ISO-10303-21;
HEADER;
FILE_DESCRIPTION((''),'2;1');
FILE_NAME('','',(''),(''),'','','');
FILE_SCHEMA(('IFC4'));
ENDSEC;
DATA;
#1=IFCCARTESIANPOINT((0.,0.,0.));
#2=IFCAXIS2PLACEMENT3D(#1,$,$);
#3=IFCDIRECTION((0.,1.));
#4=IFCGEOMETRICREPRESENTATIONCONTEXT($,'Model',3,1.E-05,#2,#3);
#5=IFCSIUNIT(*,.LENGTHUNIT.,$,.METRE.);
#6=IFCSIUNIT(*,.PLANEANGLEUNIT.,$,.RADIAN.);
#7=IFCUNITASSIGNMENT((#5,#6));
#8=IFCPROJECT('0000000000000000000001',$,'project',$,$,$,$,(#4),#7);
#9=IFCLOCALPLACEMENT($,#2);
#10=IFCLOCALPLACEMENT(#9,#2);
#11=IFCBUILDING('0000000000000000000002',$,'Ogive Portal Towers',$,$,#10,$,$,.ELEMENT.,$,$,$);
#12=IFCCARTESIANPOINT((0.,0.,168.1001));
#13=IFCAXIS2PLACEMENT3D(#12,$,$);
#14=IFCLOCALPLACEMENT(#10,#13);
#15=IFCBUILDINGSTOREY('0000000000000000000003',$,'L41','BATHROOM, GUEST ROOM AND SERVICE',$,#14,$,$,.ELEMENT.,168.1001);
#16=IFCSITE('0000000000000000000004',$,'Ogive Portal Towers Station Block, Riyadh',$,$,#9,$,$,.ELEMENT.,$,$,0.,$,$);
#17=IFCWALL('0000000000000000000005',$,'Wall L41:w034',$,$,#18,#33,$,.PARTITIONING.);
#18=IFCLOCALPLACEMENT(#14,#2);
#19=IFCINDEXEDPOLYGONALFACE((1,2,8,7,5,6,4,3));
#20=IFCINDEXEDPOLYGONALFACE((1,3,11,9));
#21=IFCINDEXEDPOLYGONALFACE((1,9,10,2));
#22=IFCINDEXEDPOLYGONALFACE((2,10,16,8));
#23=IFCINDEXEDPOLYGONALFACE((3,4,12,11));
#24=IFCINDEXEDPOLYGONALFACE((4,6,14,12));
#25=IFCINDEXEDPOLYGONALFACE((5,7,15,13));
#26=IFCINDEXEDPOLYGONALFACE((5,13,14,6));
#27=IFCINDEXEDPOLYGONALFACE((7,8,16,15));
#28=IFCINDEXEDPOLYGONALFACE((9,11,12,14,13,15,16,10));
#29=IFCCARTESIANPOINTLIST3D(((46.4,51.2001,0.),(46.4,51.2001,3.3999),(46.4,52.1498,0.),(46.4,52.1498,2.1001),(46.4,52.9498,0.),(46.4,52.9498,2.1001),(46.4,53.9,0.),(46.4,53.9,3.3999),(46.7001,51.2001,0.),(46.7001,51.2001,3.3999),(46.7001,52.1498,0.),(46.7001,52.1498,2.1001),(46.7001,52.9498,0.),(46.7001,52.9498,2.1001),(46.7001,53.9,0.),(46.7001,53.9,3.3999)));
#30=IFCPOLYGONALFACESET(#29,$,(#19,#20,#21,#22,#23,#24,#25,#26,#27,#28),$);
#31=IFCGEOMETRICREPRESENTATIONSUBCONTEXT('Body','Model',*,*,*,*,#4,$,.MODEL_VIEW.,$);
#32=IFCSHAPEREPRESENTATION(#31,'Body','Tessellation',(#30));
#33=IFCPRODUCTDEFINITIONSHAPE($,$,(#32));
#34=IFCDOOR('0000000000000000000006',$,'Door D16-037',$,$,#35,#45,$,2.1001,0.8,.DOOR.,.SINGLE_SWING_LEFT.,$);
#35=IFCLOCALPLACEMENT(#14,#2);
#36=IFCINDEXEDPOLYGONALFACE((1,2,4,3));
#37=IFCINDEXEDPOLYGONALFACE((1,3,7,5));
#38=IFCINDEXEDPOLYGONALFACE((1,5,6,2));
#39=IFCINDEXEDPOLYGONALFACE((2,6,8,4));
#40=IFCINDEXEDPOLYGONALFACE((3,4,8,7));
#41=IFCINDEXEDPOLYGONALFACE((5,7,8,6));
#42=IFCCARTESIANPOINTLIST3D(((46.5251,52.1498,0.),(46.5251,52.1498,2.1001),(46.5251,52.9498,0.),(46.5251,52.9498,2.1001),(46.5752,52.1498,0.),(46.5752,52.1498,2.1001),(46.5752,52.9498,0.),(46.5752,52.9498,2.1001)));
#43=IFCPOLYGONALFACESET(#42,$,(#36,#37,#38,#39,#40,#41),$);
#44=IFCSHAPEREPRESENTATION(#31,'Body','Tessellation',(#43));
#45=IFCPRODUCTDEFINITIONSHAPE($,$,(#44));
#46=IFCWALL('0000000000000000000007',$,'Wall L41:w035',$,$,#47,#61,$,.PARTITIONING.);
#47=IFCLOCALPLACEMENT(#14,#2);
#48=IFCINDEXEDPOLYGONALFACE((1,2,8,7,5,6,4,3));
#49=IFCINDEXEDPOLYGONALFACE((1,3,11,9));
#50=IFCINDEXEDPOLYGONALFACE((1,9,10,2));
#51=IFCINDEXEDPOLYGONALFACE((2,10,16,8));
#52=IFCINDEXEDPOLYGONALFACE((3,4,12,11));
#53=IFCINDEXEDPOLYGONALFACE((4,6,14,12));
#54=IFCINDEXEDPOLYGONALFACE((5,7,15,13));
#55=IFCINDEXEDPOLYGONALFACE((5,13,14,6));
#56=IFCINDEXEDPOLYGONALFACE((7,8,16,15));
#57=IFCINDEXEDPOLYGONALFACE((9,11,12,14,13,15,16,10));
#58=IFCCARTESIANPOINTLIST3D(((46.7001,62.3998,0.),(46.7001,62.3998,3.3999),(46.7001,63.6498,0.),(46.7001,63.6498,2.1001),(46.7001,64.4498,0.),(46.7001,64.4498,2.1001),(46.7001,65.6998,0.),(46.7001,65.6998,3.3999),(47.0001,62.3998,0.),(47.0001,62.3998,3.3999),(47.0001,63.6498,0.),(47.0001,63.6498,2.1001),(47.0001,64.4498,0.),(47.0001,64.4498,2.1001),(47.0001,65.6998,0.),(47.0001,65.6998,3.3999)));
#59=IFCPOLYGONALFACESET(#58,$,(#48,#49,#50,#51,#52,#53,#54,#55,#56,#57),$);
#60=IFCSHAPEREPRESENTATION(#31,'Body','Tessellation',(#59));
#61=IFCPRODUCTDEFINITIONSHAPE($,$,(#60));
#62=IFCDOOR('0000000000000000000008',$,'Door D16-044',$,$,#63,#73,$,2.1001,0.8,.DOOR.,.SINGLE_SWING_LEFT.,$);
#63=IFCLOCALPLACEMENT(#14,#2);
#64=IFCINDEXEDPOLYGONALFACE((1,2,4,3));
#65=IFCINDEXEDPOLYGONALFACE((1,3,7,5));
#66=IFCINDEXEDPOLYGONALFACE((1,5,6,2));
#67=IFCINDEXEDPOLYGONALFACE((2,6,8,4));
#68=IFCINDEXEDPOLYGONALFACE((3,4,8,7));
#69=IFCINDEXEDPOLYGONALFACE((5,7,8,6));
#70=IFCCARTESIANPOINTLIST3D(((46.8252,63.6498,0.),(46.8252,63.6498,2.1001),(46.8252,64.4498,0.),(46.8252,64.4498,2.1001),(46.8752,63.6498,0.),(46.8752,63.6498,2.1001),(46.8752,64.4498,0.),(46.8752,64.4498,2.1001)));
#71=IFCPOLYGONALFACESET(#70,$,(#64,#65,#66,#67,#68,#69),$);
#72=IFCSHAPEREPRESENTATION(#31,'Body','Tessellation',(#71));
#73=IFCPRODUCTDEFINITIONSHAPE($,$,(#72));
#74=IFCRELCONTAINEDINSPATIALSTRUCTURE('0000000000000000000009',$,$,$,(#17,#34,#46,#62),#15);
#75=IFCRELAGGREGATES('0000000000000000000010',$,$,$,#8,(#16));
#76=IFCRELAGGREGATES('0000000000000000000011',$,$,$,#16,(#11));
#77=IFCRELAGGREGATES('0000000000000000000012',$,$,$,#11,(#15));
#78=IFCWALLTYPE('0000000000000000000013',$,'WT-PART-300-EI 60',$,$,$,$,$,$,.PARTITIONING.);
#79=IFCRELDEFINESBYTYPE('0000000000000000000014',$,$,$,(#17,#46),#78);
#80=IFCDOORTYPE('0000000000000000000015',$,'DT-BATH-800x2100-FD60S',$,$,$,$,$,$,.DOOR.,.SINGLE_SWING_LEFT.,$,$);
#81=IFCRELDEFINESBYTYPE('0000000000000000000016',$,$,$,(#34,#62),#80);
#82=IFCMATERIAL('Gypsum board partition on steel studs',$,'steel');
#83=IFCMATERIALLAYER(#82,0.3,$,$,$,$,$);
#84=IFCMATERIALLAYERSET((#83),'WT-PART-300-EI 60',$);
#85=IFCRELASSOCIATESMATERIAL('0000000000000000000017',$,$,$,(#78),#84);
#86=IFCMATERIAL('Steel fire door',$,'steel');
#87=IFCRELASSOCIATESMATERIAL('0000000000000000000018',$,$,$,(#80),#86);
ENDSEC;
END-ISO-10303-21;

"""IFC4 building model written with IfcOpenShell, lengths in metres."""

from ifc_helpers import new_model, si_unit, direction, frame, frame_2d, origin, place, context, subcontext, project, spatial, rectangle, extrude, material, layer, layer_set, type_object, element, fill, save


model = new_model("IFC4")

# Units and contexts
model_context = context("Model", 3, precision=1e-05, world=origin(), true_north=direction((0.0, 1.0)))
body_context = subcontext(model_context, "Body", "Model", "MODEL_VIEW")
ifc_project = project(units=[si_unit("LENGTHUNIT", "METRE"), si_unit("PLANEANGLEUNIT", "RADIAN")], contexts=[model_context])

# Site, building, storey
site_placement = place(None, origin())
site = spatial("IfcSite", under=ifc_project, at=site_placement, Name="Ogive Portal Towers Station Block, Riyadh", CompositionType="ELEMENT", RefElevation=0.0)
building_placement = place(site_placement, origin())
building = spatial("IfcBuilding", under=site, at=building_placement, Name="Ogive Portal Towers", CompositionType="ELEMENT")
storey_placement = place(building_placement, frame((0.0, 0.0, 168.1001)))
storey = spatial("IfcBuildingStorey", under=building, at=storey_placement, Name="L41", Description="BATHROOM, GUEST ROOM AND SERVICE", CompositionType="ELEMENT", Elevation=168.1001)

# Walls, openings, doors
ifc_material_1 = material(Name="Gypsum board partition on steel studs", Category="steel")
ifc_layer_1 = layer(ifc_material_1, 0.3)
ifc_layer_set_1 = layer_set([ifc_layer_1], Name="WT-PART-300-EI 60")
wall_type_1 = type_object("IfcWallType", Name="WT-PART-300-EI 60", PredefinedType="PARTITIONING", material=ifc_layer_set_1)
wall_1_placement = place(storey_placement, frame((46.55, 51.2, 0.0), z_axis=(0.0, 0.0, 1.0), x_axis=(0.0, 1.0, 0.0)))
wall_1 = element("IfcWall", 1, at=wall_1_placement, inside=storey, type_object=wall_type_1, Name="Wall L41:w034", PredefinedType="PARTITIONING", context=body_context, shape_type="SweptSolid", body=[
    extrude(rectangle(XDim=2.7, YDim=0.3, at=frame_2d((1.3501, 0.0))), origin(), (0.0, 0.0, 1.0), 3.3999),
])
opening_1_placement = place(wall_1_placement, frame((0.95, 0.0, 0.0)))
opening_1 = element("IfcOpeningElement", 2, at=opening_1_placement, cuts=wall_1, PredefinedType="OPENING", context=body_context, shape_type="SweptSolid", body=[
    extrude(rectangle(XDim=0.8, YDim=2.1001, at=frame_2d((0.3999, 1.05))), frame((0.0, 0.1602, 0.0), z_axis=(0.0, -1.0, 0.0), x_axis=(1.0, 0.0, 0.0)), (0.0, 0.0, 1.0), 0.3201),
])
ifc_material_2 = material(Name="Steel fire door", Category="steel")
door_type = type_object("IfcDoorType", Name="DT-BATH-800x2100-FD60S", OperationType="SINGLE_SWING_LEFT", PredefinedType="DOOR", material=ifc_material_2)
door_1_placement = place(opening_1_placement, origin())
door_1 = element("IfcDoor", 3, at=door_1_placement, inside=storey, type_object=door_type, Name="Door D16-037", OperationType="SINGLE_SWING_LEFT", OverallHeight=2.1001, OverallWidth=0.8, PredefinedType="DOOR", context=body_context, shape_type="SweptSolid", body=[
    extrude(rectangle(XDim=0.8, YDim=2.1001, at=frame_2d((0.3999, 1.05))), frame((0.0, 0.0249, 0.0), z_axis=(0.0, -1.0, 0.0), x_axis=(1.0, 0.0, 0.0)), (0.0, 0.0, 1.0), 0.05),
])
fill(opening_1, door_1)
wall_2_placement = place(storey_placement, frame((46.8501, 62.3999, 0.0), z_axis=(0.0, 0.0, 1.0), x_axis=(0.0, 1.0, 0.0)))
wall_2 = element("IfcWall", 4, at=wall_2_placement, inside=storey, type_object=wall_type_1, Name="Wall L41:w035", PredefinedType="PARTITIONING", context=body_context, shape_type="SweptSolid", body=[
    extrude(rectangle(XDim=3.3, YDim=0.3, at=frame_2d((1.6499, 0.0))), origin(), (0.0, 0.0, 1.0), 3.3999),
])
opening_2_placement = place(wall_2_placement, frame((1.25, 0.0, 0.0)))
opening_2 = element("IfcOpeningElement", 5, at=opening_2_placement, cuts=wall_2, PredefinedType="OPENING", context=body_context, shape_type="SweptSolid", body=[
    extrude(rectangle(XDim=0.8, YDim=2.1001, at=frame_2d((0.3999, 1.05))), frame((0.0, 0.1602, 0.0), z_axis=(0.0, -1.0, 0.0), x_axis=(1.0, 0.0, 0.0)), (0.0, 0.0, 1.0), 0.3201),
])
door_2_placement = place(opening_2_placement, origin())
door_2 = element("IfcDoor", 6, at=door_2_placement, inside=storey, type_object=door_type, Name="Door D16-044", OperationType="SINGLE_SWING_LEFT", OverallHeight=2.1001, OverallWidth=0.8, PredefinedType="DOOR", context=body_context, shape_type="SweptSolid", body=[
    extrude(rectangle(XDim=0.8, YDim=2.1001, at=frame_2d((0.3999, 1.05))), frame((0.0, 0.0249, 0.0), z_axis=(0.0, -1.0, 0.0), x_axis=(1.0, 0.0, 0.0)), (0.0, 0.0, 1.0), 0.05),
])
fill(opening_2, door_2)

save(model, "model.ifc")
